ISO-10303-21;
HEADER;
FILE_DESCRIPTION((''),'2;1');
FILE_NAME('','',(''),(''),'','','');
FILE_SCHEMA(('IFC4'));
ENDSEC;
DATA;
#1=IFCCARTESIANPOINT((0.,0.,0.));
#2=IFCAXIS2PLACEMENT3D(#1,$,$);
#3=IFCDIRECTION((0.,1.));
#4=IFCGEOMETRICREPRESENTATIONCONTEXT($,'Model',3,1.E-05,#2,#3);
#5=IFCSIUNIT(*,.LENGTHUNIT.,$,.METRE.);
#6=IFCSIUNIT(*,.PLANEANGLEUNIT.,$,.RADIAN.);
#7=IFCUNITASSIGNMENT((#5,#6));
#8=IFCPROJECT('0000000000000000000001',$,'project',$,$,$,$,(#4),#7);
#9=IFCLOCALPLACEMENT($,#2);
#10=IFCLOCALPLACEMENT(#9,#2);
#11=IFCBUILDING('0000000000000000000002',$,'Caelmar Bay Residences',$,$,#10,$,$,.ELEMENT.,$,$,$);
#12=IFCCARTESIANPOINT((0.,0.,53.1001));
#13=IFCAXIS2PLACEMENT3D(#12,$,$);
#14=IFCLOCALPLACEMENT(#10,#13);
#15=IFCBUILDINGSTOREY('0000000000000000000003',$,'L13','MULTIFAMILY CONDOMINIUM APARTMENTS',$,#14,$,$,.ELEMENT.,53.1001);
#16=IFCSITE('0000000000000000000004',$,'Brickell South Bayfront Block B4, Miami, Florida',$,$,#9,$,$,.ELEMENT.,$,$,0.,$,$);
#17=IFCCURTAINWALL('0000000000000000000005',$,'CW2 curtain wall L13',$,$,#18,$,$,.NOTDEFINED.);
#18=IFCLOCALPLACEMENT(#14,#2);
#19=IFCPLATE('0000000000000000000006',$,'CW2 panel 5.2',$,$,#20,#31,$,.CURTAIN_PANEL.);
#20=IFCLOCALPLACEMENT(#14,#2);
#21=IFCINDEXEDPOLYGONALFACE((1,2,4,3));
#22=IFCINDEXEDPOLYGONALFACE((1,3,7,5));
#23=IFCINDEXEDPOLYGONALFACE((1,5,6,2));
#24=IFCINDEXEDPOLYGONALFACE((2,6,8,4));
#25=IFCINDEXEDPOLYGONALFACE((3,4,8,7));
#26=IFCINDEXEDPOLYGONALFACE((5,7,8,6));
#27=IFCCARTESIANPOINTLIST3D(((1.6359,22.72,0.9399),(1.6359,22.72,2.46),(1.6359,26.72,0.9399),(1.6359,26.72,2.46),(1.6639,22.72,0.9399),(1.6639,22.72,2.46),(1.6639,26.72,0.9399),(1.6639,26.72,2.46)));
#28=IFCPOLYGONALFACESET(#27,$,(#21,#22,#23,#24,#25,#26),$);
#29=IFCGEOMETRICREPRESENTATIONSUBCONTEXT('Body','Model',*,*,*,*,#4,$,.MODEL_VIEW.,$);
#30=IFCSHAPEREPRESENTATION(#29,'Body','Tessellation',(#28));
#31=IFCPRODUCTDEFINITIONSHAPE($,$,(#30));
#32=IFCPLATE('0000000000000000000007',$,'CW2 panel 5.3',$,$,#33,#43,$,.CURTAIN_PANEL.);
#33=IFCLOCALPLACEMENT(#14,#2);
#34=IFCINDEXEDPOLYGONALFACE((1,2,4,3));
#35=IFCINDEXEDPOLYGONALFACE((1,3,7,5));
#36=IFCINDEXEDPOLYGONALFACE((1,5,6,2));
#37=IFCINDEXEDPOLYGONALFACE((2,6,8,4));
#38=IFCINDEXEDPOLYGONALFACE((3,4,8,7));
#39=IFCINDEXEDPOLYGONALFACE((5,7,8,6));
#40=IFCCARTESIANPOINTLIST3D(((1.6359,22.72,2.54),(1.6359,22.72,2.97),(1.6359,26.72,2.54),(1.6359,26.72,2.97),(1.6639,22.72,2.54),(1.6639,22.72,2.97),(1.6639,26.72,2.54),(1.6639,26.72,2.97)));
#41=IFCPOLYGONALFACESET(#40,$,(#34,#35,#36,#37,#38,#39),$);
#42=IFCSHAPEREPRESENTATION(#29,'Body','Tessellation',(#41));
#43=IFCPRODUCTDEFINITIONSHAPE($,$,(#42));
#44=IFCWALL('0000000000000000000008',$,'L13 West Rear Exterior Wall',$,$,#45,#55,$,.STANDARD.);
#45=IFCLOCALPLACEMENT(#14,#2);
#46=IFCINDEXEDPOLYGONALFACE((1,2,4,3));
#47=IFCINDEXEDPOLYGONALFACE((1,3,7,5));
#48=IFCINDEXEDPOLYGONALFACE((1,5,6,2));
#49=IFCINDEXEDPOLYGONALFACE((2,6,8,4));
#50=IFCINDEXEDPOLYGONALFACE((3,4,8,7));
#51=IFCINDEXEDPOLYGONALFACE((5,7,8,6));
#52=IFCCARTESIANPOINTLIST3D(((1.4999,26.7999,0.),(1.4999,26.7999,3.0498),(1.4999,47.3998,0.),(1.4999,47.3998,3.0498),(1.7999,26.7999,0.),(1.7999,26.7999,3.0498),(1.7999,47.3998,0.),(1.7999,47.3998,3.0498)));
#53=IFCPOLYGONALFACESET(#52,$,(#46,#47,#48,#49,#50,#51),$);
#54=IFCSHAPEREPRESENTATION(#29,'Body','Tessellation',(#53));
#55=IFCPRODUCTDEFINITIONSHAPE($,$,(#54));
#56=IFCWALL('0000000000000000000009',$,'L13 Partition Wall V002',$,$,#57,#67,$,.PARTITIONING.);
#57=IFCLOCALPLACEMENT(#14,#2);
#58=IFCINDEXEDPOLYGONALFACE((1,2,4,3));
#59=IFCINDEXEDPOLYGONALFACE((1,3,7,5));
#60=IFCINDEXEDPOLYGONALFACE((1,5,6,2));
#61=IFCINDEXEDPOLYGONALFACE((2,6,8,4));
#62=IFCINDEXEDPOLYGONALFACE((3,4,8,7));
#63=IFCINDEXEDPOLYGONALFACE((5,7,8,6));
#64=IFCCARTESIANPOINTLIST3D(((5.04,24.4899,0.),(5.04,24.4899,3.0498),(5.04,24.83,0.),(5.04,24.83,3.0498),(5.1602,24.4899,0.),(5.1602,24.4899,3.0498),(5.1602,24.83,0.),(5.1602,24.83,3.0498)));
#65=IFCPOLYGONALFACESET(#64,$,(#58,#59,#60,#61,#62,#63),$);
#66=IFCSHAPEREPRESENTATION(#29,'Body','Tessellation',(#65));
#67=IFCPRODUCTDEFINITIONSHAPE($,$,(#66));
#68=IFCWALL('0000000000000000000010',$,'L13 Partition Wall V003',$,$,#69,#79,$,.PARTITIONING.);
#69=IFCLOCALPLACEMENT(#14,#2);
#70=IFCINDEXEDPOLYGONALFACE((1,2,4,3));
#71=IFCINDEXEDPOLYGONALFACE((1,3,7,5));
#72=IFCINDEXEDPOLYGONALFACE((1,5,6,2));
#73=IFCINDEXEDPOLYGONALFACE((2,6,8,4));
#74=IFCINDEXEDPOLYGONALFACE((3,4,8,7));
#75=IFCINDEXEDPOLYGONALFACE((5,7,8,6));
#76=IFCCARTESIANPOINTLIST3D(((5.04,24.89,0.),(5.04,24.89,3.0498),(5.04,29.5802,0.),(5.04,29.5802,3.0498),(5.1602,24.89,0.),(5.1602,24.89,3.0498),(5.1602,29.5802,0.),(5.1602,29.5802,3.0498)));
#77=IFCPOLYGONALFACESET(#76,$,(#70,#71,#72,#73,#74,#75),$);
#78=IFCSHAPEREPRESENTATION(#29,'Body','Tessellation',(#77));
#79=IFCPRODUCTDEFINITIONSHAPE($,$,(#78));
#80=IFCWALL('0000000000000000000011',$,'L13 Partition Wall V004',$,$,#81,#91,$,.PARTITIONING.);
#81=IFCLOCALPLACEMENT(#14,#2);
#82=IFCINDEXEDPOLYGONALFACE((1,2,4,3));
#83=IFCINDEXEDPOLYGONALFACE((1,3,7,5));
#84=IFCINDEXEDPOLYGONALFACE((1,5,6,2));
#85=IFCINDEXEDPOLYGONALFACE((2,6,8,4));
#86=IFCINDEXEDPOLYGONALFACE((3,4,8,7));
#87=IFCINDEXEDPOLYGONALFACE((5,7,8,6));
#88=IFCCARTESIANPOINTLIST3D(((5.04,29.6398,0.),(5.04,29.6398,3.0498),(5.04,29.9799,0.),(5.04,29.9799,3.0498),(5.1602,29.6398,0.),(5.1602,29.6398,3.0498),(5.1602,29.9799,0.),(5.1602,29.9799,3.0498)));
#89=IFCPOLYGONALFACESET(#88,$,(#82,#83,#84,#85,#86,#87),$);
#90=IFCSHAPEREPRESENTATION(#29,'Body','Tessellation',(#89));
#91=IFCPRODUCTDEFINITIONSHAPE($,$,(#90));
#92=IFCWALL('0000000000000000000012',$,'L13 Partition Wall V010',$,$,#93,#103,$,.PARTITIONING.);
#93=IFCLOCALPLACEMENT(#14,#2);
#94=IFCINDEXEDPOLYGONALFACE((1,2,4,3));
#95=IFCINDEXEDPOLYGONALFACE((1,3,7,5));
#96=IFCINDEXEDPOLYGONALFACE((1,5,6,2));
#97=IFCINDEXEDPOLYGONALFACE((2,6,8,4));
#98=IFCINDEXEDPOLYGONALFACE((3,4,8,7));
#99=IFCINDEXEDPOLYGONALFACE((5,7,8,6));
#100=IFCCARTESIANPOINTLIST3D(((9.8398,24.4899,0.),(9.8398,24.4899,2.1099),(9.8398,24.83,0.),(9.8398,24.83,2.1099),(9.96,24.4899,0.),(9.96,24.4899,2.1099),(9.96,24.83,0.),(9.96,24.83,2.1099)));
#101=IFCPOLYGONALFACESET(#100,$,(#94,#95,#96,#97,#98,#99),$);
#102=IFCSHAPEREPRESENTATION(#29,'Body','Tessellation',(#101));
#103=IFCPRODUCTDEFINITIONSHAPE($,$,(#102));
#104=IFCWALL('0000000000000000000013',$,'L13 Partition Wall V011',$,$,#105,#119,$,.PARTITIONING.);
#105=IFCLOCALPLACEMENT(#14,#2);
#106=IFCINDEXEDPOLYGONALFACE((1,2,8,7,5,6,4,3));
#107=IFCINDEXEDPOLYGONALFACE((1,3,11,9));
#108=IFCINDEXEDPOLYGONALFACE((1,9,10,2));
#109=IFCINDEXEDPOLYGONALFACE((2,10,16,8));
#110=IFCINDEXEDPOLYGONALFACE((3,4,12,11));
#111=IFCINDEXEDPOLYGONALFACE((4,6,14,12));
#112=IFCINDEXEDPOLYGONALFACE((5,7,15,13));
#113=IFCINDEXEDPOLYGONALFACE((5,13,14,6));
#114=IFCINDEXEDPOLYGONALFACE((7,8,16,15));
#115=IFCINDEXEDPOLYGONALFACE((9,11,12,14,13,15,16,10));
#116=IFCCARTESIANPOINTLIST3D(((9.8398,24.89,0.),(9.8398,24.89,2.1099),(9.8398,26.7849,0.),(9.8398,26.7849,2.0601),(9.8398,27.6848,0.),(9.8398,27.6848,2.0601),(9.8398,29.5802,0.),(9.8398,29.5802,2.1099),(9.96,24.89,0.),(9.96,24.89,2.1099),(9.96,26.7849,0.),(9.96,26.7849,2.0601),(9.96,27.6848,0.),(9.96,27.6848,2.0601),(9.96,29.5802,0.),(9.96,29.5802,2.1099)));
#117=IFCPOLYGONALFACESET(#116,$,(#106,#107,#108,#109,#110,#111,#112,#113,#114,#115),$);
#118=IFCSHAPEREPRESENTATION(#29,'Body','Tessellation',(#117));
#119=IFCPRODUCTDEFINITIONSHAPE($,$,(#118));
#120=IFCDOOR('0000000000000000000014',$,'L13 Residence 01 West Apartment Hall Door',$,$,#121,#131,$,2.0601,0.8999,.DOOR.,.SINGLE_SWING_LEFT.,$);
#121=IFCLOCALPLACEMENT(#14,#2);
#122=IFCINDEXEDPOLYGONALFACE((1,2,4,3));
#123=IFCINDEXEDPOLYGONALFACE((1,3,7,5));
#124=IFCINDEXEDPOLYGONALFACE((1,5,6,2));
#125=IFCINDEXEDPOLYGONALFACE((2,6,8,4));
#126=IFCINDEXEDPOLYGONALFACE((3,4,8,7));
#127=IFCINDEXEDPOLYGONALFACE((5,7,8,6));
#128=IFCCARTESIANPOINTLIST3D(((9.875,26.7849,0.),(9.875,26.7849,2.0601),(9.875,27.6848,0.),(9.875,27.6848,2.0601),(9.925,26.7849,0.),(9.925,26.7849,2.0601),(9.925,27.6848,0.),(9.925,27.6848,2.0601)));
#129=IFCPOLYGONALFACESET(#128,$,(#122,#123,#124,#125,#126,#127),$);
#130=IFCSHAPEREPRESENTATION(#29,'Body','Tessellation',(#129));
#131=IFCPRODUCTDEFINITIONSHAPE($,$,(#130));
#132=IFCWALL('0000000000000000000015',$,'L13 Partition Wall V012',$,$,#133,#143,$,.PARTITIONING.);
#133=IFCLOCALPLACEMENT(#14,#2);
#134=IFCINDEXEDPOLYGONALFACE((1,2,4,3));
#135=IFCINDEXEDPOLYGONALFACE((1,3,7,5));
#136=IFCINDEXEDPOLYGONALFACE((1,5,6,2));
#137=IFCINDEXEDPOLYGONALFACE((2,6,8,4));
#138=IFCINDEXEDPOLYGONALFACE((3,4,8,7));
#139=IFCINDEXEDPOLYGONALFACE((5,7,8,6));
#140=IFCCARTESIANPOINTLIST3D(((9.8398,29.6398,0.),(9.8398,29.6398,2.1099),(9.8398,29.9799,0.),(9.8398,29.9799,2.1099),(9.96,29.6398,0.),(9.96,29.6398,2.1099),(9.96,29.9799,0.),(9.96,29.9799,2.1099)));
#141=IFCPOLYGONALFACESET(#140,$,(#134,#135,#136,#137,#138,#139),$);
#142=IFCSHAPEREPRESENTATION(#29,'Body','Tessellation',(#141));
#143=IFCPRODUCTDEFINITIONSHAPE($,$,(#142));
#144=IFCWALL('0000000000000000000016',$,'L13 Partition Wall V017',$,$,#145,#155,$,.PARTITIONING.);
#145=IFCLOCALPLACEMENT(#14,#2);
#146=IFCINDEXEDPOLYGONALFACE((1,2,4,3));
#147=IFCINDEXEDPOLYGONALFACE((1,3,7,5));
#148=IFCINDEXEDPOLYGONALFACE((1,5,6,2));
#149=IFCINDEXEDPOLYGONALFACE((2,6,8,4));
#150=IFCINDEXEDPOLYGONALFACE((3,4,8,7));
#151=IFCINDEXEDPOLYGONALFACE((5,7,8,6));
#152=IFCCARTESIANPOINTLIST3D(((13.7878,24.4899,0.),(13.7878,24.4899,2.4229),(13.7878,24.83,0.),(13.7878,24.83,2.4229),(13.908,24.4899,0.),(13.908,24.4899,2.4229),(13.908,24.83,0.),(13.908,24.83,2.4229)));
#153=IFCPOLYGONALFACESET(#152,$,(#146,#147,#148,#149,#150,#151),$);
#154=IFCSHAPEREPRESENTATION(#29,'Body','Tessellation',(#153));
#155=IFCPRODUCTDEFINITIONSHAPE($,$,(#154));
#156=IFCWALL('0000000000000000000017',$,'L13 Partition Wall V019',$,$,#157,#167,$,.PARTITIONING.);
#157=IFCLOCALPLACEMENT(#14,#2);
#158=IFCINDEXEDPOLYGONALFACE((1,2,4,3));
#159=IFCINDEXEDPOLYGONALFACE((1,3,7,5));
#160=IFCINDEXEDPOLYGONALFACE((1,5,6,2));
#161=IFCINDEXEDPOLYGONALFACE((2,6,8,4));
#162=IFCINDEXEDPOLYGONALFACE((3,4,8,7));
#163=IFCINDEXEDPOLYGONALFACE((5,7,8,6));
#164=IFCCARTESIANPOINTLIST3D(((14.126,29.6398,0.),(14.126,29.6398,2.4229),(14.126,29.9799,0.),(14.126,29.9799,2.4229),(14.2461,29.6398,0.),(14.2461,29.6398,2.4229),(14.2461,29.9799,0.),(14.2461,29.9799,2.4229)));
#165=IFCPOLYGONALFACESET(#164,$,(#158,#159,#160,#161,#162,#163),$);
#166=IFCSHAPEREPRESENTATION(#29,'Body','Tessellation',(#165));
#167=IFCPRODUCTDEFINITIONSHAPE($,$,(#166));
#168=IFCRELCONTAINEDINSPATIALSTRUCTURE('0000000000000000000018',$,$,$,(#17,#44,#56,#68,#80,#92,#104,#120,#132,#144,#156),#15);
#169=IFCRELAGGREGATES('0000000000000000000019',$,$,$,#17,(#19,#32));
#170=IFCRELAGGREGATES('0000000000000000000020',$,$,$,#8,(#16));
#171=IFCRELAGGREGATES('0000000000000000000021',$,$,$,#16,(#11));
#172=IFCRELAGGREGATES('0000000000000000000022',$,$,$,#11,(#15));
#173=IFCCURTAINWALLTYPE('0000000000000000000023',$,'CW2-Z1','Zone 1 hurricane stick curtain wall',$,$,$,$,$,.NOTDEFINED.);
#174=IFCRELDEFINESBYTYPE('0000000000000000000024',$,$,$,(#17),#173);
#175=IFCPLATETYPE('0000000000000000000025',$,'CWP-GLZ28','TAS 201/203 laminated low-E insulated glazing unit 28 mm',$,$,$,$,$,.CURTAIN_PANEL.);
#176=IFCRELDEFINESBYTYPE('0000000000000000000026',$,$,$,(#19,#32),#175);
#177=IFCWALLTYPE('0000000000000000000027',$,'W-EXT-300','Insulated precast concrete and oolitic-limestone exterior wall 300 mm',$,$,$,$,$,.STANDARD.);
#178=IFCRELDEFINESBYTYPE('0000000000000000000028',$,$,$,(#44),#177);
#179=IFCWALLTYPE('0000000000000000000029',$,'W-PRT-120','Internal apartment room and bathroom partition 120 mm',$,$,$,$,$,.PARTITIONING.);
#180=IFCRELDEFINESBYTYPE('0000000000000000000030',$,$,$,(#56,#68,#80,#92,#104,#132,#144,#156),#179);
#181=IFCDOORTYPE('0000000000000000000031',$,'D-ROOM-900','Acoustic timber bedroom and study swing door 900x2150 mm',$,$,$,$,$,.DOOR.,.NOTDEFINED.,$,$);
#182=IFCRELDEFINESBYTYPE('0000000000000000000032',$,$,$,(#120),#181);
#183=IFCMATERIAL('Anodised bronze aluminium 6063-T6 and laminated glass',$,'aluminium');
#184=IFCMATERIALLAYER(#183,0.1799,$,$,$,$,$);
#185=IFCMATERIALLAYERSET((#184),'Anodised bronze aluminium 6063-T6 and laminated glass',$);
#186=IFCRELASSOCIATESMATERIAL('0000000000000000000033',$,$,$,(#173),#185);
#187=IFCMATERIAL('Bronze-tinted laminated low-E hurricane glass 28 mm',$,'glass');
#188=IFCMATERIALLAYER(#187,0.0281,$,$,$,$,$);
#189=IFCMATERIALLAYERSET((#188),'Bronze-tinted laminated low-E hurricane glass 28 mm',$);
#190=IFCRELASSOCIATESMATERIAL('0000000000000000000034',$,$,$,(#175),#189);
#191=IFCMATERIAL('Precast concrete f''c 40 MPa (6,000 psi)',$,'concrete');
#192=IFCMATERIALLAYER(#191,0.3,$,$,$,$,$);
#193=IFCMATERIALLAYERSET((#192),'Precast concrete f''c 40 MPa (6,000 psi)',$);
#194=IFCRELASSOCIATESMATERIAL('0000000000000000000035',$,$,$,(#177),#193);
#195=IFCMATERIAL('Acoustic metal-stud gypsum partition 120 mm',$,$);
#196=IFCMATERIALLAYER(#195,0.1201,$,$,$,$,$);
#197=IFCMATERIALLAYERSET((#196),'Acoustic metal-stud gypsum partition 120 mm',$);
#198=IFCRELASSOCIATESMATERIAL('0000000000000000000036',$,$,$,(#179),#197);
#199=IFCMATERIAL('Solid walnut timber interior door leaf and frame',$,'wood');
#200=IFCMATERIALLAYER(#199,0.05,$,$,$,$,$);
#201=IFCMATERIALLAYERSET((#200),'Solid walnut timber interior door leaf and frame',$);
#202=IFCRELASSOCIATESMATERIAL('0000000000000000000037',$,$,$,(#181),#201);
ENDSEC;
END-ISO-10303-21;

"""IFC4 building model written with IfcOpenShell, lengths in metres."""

from ifc_helpers import new_model, si_unit, direction, frame, frame_2d, origin, origin_2d, place, context, subcontext, project, spatial, rectangle, extrude, material, layer, layer_set, type_object, element, fill, aggregate, save


model = new_model("IFC4")

# Units and contexts
model_context = context("Model", 3, precision=1e-05, world=origin(), true_north=direction((0.0, 1.0)))
body_context = subcontext(model_context, "Body", "Model", "MODEL_VIEW")
ifc_project = project(units=[si_unit("LENGTHUNIT", "METRE"), si_unit("PLANEANGLEUNIT", "RADIAN")], contexts=[model_context])

# Site, building, storey
site_placement = place(None, origin())
site = spatial("IfcSite", under=ifc_project, at=site_placement, Name="Brickell South Bayfront Block B4, Miami, Florida", CompositionType="ELEMENT", RefElevation=0.0)
building_placement = place(site_placement, origin())
building = spatial("IfcBuilding", under=site, at=building_placement, Name="Caelmar Bay Residences", CompositionType="ELEMENT")
storey_placement = place(building_placement, frame((0.0, 0.0, 53.1001)))
storey = spatial("IfcBuildingStorey", under=building, at=storey_placement, Name="L13", Description="MULTIFAMILY CONDOMINIUM APARTMENTS", CompositionType="ELEMENT", Elevation=53.1001)

# Curtain wall, plates
ifc_material_1 = material(Name="Anodised bronze aluminium 6063-T6 and laminated glass", Category="aluminium")
ifc_layer_1 = layer(ifc_material_1, 0.1799)
ifc_layer_set_1 = layer_set([ifc_layer_1], Name="Anodised bronze aluminium 6063-T6 and laminated glass")
curtain_wall_type = type_object("IfcCurtainWallType", Name="CW2-Z1", Description="Zone 1 hurricane stick curtain wall", PredefinedType="NOTDEFINED", material=ifc_layer_set_1)
curtain_wall_placement = place(storey_placement, origin())
curtain_wall = element("IfcCurtainWall", 1, at=curtain_wall_placement, inside=storey, type_object=curtain_wall_type, Name="CW2 curtain wall L13", PredefinedType="NOTDEFINED")
ifc_material_2 = material(Name="Bronze-tinted laminated low-E hurricane glass 28 mm", Category="glass")
ifc_layer_2 = layer(ifc_material_2, 0.0281)
ifc_layer_set_2 = layer_set([ifc_layer_2], Name="Bronze-tinted laminated low-E hurricane glass 28 mm")
plate_type = type_object("IfcPlateType", Name="CWP-GLZ28", Description="TAS 201/203 laminated low-E insulated glazing unit 28 mm", PredefinedType="CURTAIN_PANEL", material=ifc_layer_set_2)
plate_1_placement = place(storey_placement, frame((1.6499, 24.72, 0.9399), z_axis=(0.0, 0.0, 1.0), x_axis=(0.0, 1.0, 0.0)))
plate_1 = element("IfcPlate", 2, at=plate_1_placement, type_object=plate_type, Name="CW2 panel 5.2", PredefinedType="CURTAIN_PANEL", context=body_context, shape_type="SweptSolid", body=[
    extrude(rectangle(XDim=4.0, YDim=0.0281, at=origin_2d()), origin(), (0.0, 0.0, 1.0), 1.52),
])
plate_2_placement = place(storey_placement, frame((1.6499, 24.72, 2.54), z_axis=(0.0, 0.0, 1.0), x_axis=(0.0, 1.0, 0.0)))
plate_2 = element("IfcPlate", 3, at=plate_2_placement, type_object=plate_type, Name="CW2 panel 5.3", PredefinedType="CURTAIN_PANEL", context=body_context, shape_type="SweptSolid", body=[
    extrude(rectangle(XDim=4.0, YDim=0.0281, at=origin_2d()), origin(), (0.0, 0.0, 1.0), 0.4299),
])
aggregate(curtain_wall, [plate_1, plate_2])

# Walls
ifc_material_3 = material(Name="Precast concrete f'c 40 MPa (6,000 psi)", Category="concrete")
ifc_layer_3 = layer(ifc_material_3, 0.3)
ifc_layer_set_3 = layer_set([ifc_layer_3], Name="Precast concrete f'c 40 MPa (6,000 psi)")
wall_type_1 = type_object("IfcWallType", Name="W-EXT-300", Description="Insulated precast concrete and oolitic-limestone exterior wall 300 mm", PredefinedType="STANDARD", material=ifc_layer_set_3)
wall_1_placement = place(storey_placement, frame((1.6499, 26.8, 0.0), z_axis=(0.0, 0.0, 1.0), x_axis=(0.0, 1.0, 0.0)))
element("IfcWall", 4, at=wall_1_placement, inside=storey, type_object=wall_type_1, Name="L13 West Rear Exterior Wall", PredefinedType="STANDARD", context=body_context, shape_type="SweptSolid", body=[
    extrude(rectangle(XDim=20.5999, YDim=0.3, at=frame_2d((10.2998, 0.0))), origin(), (0.0, 0.0, 1.0), 3.0498),
])
ifc_material_4 = material(Name="Acoustic metal-stud gypsum partition 120 mm")
ifc_layer_4 = layer(ifc_material_4, 0.1201)
ifc_layer_set_4 = layer_set([ifc_layer_4], Name="Acoustic metal-stud gypsum partition 120 mm")
wall_type_2 = type_object("IfcWallType", Name="W-PRT-120", Description="Internal apartment room and bathroom partition 120 mm", PredefinedType="PARTITIONING", material=ifc_layer_set_4)
wall_2_placement = place(storey_placement, frame((5.1001, 24.49, 0.0), z_axis=(0.0, 0.0, 1.0), x_axis=(0.0, 1.0, 0.0)))
element("IfcWall", 5, at=wall_2_placement, inside=storey, type_object=wall_type_2, Name="L13 Partition Wall V002", PredefinedType="PARTITIONING", context=body_context, shape_type="SweptSolid", body=[
    extrude(rectangle(XDim=0.3401, YDim=0.1201, at=frame_2d((0.1699, 0.0))), origin(), (0.0, 0.0, 1.0), 3.0498),
])
wall_3_placement = place(storey_placement, frame((5.1001, 24.8899, 0.0), z_axis=(0.0, 0.0, 1.0), x_axis=(0.0, 1.0, 0.0)))
element("IfcWall", 6, at=wall_3_placement, inside=storey, type_object=wall_type_2, Name="L13 Partition Wall V003", PredefinedType="PARTITIONING", context=body_context, shape_type="SweptSolid", body=[
    extrude(rectangle(XDim=4.6902, YDim=0.1201, at=frame_2d((2.3452, 0.0))), origin(), (0.0, 0.0, 1.0), 3.0498),
])
wall_4_placement = place(storey_placement, frame((5.1001, 29.6399, 0.0), z_axis=(0.0, 0.0, 1.0), x_axis=(0.0, 1.0, 0.0)))
element("IfcWall", 7, at=wall_4_placement, inside=storey, type_object=wall_type_2, Name="L13 Partition Wall V004", PredefinedType="PARTITIONING", context=body_context, shape_type="SweptSolid", body=[
    extrude(rectangle(XDim=0.3401, YDim=0.1201, at=frame_2d((0.1699, 0.0))), origin(), (0.0, 0.0, 1.0), 3.0498),
])
wall_5_placement = place(storey_placement, frame((9.8999, 24.49, 0.0), z_axis=(0.0, 0.0, 1.0), x_axis=(0.0, 1.0, 0.0)))
element("IfcWall", 8, at=wall_5_placement, inside=storey, type_object=wall_type_2, Name="L13 Partition Wall V010", PredefinedType="PARTITIONING", context=body_context, shape_type="SweptSolid", body=[
    extrude(rectangle(XDim=0.3401, YDim=0.1201, at=frame_2d((0.1699, 0.0))), origin(), (0.0, 0.0, 1.0), 2.1099),
])

# Wall, opening, door
wall_6_placement = place(storey_placement, frame((9.8999, 24.8899, 0.0), z_axis=(0.0, 0.0, 1.0), x_axis=(0.0, 1.0, 0.0)))
wall_6 = element("IfcWall", 9, at=wall_6_placement, inside=storey, type_object=wall_type_2, Name="L13 Partition Wall V011", PredefinedType="PARTITIONING", context=body_context, shape_type="SweptSolid", body=[
    extrude(rectangle(XDim=4.6902, YDim=0.1201, at=frame_2d((2.3452, 0.0))), origin(), (0.0, 0.0, 1.0), 2.1099),
])
opening_1_placement = place(wall_6_placement, frame((1.895, 0.0, 0.0)))
opening_1 = element("IfcOpeningElement", 10, at=opening_1_placement, cuts=wall_6, PredefinedType="OPENING", context=body_context, shape_type="SweptSolid", body=[
    extrude(rectangle(XDim=0.8999, YDim=2.0601, at=frame_2d((0.45, 1.03))), frame((0.0, 0.0701, 0.0), z_axis=(0.0, -1.0, 0.0), x_axis=(1.0, 0.0, 0.0)), (0.0, 0.0, 1.0), 0.1401),
])
ifc_material_5 = material(Name="Solid walnut timber interior door leaf and frame", Category="wood")
ifc_layer_5 = layer(ifc_material_5, 0.05)
ifc_layer_set_5 = layer_set([ifc_layer_5], Name="Solid walnut timber interior door leaf and frame")
door_type = type_object("IfcDoorType", Name="D-ROOM-900", Description="Acoustic timber bedroom and study swing door 900x2150 mm", OperationType="NOTDEFINED", PredefinedType="DOOR", material=ifc_layer_set_5)
door_1_placement = place(opening_1_placement, origin())
door_1 = element("IfcDoor", 11, at=door_1_placement, inside=storey, type_object=door_type, Name="L13 Residence 01 West Apartment Hall Door", OperationType="SINGLE_SWING_LEFT", OverallHeight=2.0601, OverallWidth=0.8999, PredefinedType="DOOR", context=body_context, shape_type="SweptSolid", body=[
    extrude(rectangle(XDim=0.8999, YDim=2.0601, at=frame_2d((0.45, 1.03))), frame((0.0, 0.0249, 0.0), z_axis=(0.0, -1.0, 0.0), x_axis=(1.0, 0.0, 0.0)), (0.0, 0.0, 1.0), 0.05),
])
fill(opening_1, door_1)

# Walls
wall_7_placement = place(storey_placement, frame((9.8999, 29.6399, 0.0), z_axis=(0.0, 0.0, 1.0), x_axis=(0.0, 1.0, 0.0)))
element("IfcWall", 12, at=wall_7_placement, inside=storey, type_object=wall_type_2, Name="L13 Partition Wall V012", PredefinedType="PARTITIONING", context=body_context, shape_type="SweptSolid", body=[
    extrude(rectangle(XDim=0.3401, YDim=0.1201, at=frame_2d((0.1699, 0.0))), origin(), (0.0, 0.0, 1.0), 2.1099),
])
wall_8_placement = place(storey_placement, frame((13.8479, 24.49, 0.0), z_axis=(0.0, 0.0, 1.0), x_axis=(0.0, 1.0, 0.0)))
element("IfcWall", 13, at=wall_8_placement, inside=storey, type_object=wall_type_2, Name="L13 Partition Wall V017", PredefinedType="PARTITIONING", context=body_context, shape_type="SweptSolid", body=[
    extrude(rectangle(XDim=0.3401, YDim=0.1201, at=frame_2d((0.1699, 0.0))), origin(), (0.0, 0.0, 1.0), 2.4229),
])

# Wall
wall_9_placement = place(storey_placement, frame((14.186, 29.6399, 0.0), z_axis=(0.0, 0.0, 1.0), x_axis=(0.0, 1.0, 0.0)))
element("IfcWall", 14, at=wall_9_placement, inside=storey, type_object=wall_type_2, Name="L13 Partition Wall V019", PredefinedType="PARTITIONING", context=body_context, shape_type="SweptSolid", body=[
    extrude(rectangle(XDim=0.3401, YDim=0.1201, at=frame_2d((0.1699, 0.0))), origin(), (0.0, 0.0, 1.0), 2.4229),
])

save(model, "model.ifc")
